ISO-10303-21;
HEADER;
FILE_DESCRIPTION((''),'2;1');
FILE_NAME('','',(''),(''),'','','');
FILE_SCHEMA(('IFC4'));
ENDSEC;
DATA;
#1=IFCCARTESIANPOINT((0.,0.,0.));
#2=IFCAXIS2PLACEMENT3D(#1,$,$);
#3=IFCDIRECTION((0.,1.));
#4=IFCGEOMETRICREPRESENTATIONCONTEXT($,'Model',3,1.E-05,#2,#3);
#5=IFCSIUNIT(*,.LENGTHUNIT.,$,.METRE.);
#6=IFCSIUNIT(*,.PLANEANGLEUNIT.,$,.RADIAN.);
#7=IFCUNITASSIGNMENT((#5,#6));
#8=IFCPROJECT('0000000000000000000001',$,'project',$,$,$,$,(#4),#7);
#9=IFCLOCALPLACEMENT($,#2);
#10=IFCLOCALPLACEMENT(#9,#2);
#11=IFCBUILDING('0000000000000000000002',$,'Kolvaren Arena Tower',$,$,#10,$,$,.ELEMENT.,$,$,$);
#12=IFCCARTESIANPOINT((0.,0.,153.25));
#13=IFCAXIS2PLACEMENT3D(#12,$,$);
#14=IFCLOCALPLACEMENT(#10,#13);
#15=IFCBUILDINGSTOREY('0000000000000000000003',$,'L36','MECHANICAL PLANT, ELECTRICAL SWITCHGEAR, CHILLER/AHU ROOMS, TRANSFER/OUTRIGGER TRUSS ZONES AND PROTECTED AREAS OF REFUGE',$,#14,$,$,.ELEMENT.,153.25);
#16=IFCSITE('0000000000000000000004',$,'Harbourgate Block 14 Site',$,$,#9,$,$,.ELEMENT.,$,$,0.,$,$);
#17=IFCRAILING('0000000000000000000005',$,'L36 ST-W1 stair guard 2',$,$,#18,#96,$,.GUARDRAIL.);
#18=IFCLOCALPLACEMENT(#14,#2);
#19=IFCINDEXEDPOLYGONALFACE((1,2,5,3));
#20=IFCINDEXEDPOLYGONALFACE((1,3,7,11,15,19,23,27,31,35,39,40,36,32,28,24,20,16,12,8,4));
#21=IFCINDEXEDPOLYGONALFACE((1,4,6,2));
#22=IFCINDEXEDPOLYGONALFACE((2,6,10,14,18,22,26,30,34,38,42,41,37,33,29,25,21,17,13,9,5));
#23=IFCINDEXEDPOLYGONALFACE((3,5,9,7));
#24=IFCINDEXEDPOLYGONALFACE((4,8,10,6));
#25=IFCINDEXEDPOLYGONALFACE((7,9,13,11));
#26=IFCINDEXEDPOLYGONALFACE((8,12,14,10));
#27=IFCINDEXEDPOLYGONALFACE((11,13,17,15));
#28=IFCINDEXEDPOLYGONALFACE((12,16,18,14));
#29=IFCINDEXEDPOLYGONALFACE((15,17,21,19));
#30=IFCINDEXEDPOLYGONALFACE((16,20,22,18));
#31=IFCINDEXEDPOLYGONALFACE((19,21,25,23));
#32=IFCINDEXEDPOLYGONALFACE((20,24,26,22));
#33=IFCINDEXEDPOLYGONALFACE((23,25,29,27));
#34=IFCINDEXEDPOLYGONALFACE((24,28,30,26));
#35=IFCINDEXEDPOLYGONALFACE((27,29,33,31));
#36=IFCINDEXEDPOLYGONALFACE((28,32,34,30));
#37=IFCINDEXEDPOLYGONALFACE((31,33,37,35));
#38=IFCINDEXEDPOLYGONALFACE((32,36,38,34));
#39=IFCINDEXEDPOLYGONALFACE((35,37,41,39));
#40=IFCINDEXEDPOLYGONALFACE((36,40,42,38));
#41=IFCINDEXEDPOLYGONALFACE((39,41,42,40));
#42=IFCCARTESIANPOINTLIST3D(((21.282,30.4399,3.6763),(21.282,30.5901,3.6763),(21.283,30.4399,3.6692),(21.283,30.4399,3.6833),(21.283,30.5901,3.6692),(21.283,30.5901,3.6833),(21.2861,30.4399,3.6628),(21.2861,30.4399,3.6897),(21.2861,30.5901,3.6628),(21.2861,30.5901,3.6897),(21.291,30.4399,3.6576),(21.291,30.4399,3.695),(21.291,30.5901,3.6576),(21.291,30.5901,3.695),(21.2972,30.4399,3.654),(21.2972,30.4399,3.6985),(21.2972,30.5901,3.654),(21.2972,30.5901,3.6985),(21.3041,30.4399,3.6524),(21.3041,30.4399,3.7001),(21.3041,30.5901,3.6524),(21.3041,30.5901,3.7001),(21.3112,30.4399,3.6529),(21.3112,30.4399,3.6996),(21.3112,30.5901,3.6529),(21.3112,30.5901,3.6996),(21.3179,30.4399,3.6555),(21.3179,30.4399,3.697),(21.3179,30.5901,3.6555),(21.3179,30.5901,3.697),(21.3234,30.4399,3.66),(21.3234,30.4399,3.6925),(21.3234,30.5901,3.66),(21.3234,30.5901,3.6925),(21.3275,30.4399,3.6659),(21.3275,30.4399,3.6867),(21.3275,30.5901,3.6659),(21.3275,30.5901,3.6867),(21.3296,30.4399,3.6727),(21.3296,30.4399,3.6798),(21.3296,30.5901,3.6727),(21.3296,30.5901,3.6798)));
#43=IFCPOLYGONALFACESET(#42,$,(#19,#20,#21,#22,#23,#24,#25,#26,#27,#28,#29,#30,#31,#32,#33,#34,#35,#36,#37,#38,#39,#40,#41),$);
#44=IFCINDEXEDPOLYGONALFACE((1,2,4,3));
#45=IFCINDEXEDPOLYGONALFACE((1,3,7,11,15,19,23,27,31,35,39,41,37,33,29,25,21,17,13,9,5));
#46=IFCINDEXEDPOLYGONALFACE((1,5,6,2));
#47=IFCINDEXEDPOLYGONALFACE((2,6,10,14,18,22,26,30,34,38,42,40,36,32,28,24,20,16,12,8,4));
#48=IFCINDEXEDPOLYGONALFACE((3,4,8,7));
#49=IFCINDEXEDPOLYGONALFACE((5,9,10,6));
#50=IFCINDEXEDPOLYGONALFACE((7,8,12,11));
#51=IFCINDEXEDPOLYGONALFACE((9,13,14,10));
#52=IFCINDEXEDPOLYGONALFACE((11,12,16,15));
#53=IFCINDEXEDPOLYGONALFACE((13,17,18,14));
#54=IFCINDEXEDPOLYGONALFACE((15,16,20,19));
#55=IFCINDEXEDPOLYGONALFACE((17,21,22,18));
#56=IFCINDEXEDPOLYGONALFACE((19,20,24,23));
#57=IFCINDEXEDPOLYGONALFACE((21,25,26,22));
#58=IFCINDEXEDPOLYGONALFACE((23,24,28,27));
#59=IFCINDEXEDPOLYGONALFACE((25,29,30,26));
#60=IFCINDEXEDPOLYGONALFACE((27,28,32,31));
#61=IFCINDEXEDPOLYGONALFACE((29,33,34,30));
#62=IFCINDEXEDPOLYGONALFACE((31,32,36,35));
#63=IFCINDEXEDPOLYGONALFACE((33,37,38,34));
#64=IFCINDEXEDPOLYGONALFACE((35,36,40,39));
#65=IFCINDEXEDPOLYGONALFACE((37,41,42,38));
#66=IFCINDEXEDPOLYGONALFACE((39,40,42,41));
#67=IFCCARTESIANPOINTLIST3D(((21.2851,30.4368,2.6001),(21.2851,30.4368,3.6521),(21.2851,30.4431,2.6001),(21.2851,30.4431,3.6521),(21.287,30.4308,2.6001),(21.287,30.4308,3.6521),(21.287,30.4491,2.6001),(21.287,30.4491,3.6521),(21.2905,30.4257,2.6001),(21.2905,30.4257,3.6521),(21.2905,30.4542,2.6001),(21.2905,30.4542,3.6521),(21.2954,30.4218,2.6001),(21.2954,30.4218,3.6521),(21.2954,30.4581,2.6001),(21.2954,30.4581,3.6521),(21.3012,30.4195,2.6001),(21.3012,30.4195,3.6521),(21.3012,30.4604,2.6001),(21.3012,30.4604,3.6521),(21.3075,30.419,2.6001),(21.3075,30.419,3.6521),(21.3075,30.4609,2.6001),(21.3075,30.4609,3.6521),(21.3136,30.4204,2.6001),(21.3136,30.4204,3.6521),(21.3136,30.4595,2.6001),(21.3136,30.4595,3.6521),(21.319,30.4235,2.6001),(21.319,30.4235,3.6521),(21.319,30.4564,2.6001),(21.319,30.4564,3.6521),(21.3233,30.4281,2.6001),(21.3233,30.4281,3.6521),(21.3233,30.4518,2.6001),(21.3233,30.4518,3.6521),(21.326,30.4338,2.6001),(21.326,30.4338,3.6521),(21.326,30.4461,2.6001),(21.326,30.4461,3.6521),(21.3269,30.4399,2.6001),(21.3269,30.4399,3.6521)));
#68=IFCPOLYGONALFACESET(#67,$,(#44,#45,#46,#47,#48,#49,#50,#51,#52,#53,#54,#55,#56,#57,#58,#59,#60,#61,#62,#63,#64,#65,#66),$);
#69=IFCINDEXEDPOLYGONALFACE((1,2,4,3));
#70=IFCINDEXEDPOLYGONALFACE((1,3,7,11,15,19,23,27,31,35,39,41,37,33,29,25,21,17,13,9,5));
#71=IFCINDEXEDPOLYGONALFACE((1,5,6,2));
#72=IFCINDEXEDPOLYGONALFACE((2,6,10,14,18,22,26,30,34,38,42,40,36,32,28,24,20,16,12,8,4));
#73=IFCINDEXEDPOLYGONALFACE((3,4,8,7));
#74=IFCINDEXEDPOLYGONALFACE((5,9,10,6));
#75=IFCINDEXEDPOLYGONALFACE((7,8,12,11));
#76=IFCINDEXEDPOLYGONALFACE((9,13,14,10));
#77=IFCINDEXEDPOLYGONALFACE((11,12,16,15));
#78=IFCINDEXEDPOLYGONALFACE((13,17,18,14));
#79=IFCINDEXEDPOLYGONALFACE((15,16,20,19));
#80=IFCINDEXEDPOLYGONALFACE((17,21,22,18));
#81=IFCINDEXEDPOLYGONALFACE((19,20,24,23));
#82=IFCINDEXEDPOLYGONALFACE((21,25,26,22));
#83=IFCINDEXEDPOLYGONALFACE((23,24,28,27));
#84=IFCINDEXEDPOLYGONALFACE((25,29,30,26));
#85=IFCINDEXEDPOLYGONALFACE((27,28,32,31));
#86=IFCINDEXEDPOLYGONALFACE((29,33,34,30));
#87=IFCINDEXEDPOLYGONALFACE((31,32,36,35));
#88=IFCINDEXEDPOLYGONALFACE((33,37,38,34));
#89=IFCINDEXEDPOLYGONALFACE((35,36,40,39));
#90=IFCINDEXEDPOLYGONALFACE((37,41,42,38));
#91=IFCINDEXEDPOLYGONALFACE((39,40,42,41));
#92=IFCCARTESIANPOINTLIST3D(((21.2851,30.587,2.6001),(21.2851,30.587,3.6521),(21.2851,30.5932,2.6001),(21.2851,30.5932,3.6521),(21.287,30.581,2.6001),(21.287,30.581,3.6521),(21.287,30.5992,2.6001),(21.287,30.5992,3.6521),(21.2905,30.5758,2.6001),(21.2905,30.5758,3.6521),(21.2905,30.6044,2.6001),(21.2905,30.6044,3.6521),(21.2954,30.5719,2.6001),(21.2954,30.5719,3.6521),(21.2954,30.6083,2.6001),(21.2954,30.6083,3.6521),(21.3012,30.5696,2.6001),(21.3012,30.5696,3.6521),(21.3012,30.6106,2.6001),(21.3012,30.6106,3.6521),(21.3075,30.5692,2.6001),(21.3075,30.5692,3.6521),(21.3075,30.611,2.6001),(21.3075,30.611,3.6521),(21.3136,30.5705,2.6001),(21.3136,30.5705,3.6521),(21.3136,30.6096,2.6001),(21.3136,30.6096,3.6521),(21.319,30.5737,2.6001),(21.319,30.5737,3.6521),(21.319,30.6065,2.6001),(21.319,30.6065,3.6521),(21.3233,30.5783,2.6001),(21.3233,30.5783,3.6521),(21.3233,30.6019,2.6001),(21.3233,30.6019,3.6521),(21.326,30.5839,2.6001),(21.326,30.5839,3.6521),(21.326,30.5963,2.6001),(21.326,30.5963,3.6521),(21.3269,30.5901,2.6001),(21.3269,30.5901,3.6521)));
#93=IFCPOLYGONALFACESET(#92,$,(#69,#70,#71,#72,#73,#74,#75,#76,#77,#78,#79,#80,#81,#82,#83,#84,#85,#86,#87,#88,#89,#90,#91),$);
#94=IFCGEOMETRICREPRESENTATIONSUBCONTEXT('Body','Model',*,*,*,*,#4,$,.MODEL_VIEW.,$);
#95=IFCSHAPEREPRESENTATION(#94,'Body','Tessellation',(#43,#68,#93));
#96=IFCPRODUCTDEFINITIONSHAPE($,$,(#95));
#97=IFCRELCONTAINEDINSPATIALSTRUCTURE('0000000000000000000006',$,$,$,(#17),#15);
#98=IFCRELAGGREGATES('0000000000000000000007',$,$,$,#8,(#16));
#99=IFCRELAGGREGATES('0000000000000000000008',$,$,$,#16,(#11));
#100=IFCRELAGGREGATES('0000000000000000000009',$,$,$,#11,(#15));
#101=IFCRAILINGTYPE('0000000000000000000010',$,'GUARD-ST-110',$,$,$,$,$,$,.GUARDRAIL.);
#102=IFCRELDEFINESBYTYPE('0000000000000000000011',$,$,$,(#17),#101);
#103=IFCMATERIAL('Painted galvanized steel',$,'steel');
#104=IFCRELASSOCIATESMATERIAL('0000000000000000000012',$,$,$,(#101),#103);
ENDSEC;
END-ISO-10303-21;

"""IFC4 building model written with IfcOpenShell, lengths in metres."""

from ifc_helpers import new_model, si_unit, direction, frame, origin, origin_2d, place, context, subcontext, project, spatial, circle, extrude, material, type_object, element, save


model = new_model("IFC4")

# Units and contexts
model_context = context("Model", 3, precision=1e-05, world=origin(), true_north=direction((0.0, 1.0)))
body_context = subcontext(model_context, "Body", "Model", "MODEL_VIEW")
ifc_project = project(units=[si_unit("LENGTHUNIT", "METRE"), si_unit("PLANEANGLEUNIT", "RADIAN")], contexts=[model_context])

# Site, building, storey
site_placement = place(None, origin())
site = spatial("IfcSite", under=ifc_project, at=site_placement, Name="Harbourgate Block 14 Site", CompositionType="ELEMENT", RefElevation=0.0)
building_placement = place(site_placement, origin())
building = spatial("IfcBuilding", under=site, at=building_placement, Name="Kolvaren Arena Tower", CompositionType="ELEMENT")
storey_placement = place(building_placement, frame((0.0, 0.0, 153.25)))
storey = spatial("IfcBuildingStorey", under=building, at=storey_placement, Name="L36", Description="MECHANICAL PLANT, ELECTRICAL SWITCHGEAR, CHILLER/AHU ROOMS, TRANSFER/OUTRIGGER TRUSS ZONES AND PROTECTED AREAS OF REFUGE", CompositionType="ELEMENT", Elevation=153.25)

# Railing
ifc_material_1 = material(Name="Painted galvanized steel", Category="steel")
railing_type_1 = type_object("IfcRailingType", Name="GUARD-ST-110", PredefinedType="GUARDRAIL", material=ifc_material_1)
railing_1_placement = place(storey_placement, frame((21.3059, 30.4399, 2.6001)))
element("IfcRailing", 1, at=railing_1_placement, inside=storey, type_object=railing_type_1, Name="L36 ST-W1 stair guard 2", PredefinedType="GUARDRAIL", context=body_context, shape_type="SweptSolid", body=[
    extrude(circle(Radius=0.0239, at=origin_2d()), frame((0.0, 0.0, 1.0762), z_axis=(0.0, 1.0, 0.0), x_axis=(-1.0, 0.0, 0.0)), (0.0, 0.0, 1.0), 0.1501),
    extrude(circle(Radius=0.021, at=origin_2d()), origin(), (0.0, 0.0, 1.0), 1.052),
    extrude(circle(Radius=0.021, at=origin_2d()), frame((0.0, 0.1501, 0.0)), (0.0, 0.0, 1.0), 1.052),
])

save(model, "model.ifc")
